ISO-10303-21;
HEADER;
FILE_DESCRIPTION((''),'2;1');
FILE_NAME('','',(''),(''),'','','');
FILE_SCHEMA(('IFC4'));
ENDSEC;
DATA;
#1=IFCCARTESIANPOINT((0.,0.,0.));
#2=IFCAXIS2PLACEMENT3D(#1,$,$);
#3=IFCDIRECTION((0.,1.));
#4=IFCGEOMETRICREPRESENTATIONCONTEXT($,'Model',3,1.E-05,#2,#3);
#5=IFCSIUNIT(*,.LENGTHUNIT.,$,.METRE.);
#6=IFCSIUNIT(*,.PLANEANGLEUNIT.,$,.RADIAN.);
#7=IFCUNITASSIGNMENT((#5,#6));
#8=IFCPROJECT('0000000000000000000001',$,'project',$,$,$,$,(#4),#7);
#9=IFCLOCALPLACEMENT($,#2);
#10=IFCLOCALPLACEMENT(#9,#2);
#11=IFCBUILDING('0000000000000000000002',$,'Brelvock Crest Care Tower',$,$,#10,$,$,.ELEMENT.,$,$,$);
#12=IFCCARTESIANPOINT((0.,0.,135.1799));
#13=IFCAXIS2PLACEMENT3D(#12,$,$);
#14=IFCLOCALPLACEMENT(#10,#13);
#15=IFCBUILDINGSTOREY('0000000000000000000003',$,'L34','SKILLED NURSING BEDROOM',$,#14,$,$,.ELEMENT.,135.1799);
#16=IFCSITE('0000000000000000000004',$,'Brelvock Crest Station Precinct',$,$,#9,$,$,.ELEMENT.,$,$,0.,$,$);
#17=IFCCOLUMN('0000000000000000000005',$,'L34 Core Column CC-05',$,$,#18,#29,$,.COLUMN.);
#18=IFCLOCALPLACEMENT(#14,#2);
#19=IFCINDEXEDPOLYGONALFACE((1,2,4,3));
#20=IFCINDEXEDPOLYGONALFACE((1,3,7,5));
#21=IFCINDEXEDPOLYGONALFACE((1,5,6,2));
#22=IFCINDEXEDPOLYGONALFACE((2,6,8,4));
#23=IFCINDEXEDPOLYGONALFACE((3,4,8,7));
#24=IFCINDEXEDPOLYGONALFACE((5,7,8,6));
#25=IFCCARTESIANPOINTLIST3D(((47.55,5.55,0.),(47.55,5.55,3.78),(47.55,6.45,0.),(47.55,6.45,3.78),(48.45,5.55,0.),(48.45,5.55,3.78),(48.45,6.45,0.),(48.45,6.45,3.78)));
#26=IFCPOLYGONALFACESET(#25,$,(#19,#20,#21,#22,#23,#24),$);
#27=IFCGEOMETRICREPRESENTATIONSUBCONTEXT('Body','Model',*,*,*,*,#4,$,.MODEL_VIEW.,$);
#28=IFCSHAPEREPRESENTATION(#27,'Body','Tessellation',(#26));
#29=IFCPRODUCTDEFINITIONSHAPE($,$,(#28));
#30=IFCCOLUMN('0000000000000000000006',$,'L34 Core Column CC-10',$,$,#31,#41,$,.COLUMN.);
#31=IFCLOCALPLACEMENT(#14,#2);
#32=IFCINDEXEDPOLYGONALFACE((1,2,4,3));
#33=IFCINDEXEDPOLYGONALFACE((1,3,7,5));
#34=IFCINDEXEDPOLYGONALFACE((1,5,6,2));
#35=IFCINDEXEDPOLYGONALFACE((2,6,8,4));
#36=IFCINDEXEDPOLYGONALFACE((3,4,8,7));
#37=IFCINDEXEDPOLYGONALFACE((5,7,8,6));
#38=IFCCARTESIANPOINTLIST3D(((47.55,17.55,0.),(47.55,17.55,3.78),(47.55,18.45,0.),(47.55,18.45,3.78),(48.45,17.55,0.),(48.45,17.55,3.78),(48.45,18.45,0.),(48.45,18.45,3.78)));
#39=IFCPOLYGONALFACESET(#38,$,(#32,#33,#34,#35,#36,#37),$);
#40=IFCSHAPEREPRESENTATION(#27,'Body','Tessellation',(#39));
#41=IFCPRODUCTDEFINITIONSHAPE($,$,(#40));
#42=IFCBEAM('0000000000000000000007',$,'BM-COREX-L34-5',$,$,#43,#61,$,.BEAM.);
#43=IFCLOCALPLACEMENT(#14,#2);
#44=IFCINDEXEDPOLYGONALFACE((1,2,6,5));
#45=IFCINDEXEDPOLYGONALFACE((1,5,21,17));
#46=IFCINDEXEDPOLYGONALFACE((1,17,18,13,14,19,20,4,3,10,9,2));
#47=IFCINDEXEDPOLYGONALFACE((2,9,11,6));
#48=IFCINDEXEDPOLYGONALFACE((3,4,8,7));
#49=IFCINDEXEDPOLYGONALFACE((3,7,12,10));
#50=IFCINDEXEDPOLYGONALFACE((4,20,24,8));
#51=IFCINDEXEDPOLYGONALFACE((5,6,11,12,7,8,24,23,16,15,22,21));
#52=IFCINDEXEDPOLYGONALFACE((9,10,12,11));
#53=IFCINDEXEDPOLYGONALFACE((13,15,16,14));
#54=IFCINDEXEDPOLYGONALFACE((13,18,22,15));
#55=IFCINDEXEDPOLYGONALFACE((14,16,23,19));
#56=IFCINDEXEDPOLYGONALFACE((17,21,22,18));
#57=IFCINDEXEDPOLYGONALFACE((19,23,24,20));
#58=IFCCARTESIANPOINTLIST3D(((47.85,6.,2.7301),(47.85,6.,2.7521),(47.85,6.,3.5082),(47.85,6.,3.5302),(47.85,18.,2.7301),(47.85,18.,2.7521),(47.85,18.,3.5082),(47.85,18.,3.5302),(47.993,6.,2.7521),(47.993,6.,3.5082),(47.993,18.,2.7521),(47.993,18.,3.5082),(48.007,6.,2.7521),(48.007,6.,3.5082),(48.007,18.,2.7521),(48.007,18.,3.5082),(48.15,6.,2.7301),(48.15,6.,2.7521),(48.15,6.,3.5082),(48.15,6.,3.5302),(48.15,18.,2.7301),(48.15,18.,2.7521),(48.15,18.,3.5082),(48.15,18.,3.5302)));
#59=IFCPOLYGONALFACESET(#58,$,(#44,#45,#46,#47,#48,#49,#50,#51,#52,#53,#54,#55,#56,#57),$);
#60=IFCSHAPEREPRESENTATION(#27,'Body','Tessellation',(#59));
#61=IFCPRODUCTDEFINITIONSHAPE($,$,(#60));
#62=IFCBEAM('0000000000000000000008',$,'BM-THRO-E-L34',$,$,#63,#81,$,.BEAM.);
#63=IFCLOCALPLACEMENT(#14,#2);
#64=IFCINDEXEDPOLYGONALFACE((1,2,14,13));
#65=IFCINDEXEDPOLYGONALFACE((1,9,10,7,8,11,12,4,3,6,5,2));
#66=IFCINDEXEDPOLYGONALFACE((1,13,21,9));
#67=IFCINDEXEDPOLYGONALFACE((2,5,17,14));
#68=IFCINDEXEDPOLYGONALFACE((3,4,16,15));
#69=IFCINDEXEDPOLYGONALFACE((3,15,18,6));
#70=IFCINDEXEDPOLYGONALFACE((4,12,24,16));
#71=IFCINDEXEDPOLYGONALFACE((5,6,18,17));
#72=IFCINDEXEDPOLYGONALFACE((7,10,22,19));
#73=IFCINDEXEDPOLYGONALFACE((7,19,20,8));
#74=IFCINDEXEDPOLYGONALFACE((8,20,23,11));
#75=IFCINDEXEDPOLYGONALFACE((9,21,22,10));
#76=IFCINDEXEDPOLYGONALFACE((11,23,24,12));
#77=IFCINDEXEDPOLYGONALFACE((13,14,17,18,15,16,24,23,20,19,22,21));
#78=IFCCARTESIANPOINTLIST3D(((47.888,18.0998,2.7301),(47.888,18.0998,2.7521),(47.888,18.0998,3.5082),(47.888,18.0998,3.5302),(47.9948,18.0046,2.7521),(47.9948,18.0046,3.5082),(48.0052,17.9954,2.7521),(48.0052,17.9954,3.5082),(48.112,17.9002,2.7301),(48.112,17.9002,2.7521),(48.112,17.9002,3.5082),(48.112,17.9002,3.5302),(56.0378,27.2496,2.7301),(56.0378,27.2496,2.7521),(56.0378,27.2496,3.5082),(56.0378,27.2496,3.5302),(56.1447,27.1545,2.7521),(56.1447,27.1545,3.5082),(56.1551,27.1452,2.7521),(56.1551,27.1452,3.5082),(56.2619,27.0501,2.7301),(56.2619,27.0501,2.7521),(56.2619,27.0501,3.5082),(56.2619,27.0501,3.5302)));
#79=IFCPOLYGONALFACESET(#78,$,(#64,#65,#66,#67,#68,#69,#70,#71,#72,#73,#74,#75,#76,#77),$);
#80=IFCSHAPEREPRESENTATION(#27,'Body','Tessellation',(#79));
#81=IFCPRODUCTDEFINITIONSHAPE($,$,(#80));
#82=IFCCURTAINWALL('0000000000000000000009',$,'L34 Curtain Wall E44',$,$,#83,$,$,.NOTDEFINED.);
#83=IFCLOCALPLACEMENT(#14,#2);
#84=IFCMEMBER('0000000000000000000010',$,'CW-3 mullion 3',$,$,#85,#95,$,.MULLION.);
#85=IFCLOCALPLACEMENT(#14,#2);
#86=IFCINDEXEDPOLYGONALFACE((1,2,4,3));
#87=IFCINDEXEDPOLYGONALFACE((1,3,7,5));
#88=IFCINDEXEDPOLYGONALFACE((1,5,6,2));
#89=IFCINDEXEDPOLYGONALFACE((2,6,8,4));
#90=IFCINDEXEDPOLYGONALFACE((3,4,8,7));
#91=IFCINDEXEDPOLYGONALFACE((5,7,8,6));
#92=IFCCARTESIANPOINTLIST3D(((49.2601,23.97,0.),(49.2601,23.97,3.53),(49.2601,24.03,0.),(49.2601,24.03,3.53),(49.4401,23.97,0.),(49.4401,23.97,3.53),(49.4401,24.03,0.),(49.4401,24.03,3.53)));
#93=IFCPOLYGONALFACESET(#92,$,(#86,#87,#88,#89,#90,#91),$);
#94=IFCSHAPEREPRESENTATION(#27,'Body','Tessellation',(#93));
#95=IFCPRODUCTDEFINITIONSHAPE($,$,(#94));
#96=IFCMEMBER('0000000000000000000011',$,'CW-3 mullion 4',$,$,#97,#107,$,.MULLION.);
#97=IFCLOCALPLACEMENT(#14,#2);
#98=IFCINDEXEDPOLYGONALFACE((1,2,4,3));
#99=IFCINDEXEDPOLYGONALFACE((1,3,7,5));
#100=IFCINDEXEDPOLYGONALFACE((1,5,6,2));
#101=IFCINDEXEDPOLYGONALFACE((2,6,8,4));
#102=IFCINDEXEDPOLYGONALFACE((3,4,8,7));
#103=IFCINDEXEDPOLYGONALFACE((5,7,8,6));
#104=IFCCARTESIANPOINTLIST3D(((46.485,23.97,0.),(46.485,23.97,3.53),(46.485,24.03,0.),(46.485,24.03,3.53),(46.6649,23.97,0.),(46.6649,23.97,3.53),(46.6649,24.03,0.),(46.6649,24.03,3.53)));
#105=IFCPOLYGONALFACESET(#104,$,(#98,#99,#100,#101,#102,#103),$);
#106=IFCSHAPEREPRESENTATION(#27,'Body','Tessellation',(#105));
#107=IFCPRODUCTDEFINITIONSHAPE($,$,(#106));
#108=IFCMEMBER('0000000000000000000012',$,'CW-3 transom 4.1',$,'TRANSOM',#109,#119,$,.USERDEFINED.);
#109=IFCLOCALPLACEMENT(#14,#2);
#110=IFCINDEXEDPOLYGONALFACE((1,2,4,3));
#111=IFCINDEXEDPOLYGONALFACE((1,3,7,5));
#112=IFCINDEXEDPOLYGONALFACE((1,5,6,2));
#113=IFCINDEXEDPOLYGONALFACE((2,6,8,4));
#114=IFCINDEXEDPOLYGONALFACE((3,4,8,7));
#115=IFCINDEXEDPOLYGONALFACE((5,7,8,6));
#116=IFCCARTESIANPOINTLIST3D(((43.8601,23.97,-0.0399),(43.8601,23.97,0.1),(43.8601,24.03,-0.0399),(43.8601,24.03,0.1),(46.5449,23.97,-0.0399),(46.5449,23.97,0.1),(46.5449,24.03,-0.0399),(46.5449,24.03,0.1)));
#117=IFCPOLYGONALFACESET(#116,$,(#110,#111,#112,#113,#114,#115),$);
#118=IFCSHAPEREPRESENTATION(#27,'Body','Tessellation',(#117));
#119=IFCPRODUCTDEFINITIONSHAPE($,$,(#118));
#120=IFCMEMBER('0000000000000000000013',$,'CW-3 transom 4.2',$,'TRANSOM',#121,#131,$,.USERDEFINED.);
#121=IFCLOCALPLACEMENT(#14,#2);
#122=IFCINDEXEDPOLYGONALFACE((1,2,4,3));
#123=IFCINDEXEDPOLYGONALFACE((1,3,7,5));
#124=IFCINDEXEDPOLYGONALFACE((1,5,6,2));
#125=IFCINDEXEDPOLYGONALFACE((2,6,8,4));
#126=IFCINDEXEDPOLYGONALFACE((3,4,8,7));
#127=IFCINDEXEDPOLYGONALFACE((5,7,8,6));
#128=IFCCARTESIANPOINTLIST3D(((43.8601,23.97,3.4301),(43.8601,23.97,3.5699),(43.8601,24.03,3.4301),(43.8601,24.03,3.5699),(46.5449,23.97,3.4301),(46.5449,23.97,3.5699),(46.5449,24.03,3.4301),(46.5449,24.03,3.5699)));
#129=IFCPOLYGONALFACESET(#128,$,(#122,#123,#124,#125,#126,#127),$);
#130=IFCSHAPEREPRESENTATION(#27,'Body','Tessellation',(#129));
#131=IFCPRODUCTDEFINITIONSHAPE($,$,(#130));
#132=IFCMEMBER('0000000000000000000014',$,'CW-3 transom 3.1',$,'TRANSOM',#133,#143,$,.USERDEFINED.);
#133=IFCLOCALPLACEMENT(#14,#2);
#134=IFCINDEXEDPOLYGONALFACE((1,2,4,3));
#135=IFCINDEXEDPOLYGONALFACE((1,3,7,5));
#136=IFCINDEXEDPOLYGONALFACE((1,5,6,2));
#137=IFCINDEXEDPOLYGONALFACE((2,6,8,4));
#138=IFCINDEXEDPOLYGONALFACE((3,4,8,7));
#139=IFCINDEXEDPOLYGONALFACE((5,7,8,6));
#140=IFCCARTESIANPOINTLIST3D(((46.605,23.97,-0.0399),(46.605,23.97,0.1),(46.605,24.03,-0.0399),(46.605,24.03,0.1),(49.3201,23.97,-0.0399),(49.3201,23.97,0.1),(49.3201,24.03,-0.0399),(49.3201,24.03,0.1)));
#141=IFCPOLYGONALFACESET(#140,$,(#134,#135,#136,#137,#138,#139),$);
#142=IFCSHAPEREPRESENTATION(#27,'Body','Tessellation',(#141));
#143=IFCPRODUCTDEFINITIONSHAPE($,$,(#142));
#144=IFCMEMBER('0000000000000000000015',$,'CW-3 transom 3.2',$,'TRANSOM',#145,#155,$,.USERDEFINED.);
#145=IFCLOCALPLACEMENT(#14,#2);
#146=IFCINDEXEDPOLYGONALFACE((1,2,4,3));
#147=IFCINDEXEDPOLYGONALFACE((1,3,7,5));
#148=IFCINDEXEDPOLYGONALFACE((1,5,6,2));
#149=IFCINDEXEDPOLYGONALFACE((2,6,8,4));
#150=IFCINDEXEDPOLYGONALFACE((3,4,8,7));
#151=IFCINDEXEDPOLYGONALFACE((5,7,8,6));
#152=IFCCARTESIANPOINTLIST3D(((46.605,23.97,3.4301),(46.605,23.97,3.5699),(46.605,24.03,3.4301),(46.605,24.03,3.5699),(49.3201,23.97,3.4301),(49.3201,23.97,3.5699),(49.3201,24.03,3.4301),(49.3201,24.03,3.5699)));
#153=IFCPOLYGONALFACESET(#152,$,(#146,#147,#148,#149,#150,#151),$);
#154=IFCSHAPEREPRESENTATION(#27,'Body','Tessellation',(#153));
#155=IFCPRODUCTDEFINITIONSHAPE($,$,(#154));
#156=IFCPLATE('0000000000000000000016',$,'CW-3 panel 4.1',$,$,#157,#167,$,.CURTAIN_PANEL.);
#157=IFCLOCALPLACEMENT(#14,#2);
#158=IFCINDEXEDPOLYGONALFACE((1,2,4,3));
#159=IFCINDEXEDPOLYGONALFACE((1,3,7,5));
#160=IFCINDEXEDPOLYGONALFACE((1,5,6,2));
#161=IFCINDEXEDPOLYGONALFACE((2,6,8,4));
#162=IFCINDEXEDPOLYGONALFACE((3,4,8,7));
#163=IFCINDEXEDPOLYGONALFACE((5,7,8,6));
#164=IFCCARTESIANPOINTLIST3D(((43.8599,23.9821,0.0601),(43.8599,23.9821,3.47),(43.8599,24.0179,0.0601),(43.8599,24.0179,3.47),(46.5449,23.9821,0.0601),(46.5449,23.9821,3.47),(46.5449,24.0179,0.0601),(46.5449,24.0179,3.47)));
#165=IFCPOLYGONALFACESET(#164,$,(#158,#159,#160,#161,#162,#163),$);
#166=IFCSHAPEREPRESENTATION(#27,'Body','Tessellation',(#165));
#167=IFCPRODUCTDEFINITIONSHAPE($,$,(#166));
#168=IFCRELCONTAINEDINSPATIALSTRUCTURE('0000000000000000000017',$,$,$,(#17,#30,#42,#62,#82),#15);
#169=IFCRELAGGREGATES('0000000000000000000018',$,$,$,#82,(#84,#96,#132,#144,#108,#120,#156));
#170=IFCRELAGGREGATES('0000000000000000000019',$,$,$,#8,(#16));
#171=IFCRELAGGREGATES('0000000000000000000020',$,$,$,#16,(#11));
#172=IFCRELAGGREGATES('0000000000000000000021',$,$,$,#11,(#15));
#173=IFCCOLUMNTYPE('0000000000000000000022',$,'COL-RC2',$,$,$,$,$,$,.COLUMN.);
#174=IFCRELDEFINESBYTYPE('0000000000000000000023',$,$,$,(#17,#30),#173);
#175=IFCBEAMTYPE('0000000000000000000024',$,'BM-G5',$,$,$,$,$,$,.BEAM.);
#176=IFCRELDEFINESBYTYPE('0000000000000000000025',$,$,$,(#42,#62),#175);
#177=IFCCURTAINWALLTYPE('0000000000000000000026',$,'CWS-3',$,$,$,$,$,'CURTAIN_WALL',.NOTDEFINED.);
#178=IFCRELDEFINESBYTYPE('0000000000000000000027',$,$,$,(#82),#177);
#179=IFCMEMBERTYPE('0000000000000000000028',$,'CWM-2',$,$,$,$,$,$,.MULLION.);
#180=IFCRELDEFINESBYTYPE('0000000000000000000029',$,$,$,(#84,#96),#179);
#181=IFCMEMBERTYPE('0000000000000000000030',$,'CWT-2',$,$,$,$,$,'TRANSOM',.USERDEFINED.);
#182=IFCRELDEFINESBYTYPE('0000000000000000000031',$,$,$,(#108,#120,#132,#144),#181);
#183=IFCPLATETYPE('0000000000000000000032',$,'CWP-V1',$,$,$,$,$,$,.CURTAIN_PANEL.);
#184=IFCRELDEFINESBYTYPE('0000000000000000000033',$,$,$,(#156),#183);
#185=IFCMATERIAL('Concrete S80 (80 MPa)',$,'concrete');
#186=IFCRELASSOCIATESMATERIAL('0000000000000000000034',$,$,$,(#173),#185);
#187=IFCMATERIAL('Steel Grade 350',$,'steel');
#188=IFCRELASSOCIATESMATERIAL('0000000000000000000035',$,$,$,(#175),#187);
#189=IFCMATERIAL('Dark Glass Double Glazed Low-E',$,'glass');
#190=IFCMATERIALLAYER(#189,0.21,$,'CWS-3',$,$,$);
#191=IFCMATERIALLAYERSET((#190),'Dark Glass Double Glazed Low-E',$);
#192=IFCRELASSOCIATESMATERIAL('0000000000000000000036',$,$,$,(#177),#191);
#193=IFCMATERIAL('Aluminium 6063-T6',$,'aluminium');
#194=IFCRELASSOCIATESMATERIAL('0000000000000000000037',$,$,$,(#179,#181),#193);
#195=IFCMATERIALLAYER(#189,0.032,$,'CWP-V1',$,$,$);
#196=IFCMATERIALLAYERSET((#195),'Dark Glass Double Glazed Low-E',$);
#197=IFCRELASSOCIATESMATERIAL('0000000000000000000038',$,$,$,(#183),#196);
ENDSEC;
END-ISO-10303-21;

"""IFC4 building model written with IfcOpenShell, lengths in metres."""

from ifc_helpers import new_model, si_unit, direction, frame, origin, origin_2d, place, context, subcontext, project, spatial, rectangle, i_section, extrude, source, transform, mapped, material, layer, layer_set, material_profile, profile_set, type_object, element, aggregate, save


model = new_model("IFC4")

# Units and contexts
model_context = context("Model", 3, precision=1e-05, world=origin(), true_north=direction((0.0, 1.0)))
body_context = subcontext(model_context, "Body", "Model", "MODEL_VIEW")
ifc_project = project(units=[si_unit("LENGTHUNIT", "METRE"), si_unit("PLANEANGLEUNIT", "RADIAN")], contexts=[model_context])

# Site, building, storey
site_placement = place(None, origin())
site = spatial("IfcSite", under=ifc_project, at=site_placement, Name="Brelvock Crest Station Precinct", CompositionType="ELEMENT", RefElevation=0.0)
building_placement = place(site_placement, origin())
building = spatial("IfcBuilding", under=site, at=building_placement, Name="Brelvock Crest Care Tower", CompositionType="ELEMENT")
storey_placement = place(building_placement, frame((0.0, 0.0, 135.1799)))
storey = spatial("IfcBuildingStorey", under=building, at=storey_placement, Name="L34", Description="SKILLED NURSING BEDROOM", CompositionType="ELEMENT", Elevation=135.1799)

# Columns
ifc_material_1 = material(Name="Concrete S80 (80 MPa)", Category="concrete")
ifc_material_profile_1 = material_profile(ifc_material_1, rectangle(XDim=0.8999, YDim=0.8999, at=origin_2d()), Name="RC900x900")
ifc_profile_set_1 = profile_set([ifc_material_profile_1], Name="Concrete S80 (80 MPa)")
column_type = type_object("IfcColumnType", Name="COL-RC2", PredefinedType="COLUMN", material=ifc_profile_set_1)
shared_shape_1 = source(origin(), body_context, "Body", "SweptSolid", [
    extrude(rectangle(XDim=0.8999, YDim=0.8999, at=origin_2d()), origin(), (0.0, 0.0, 1.0), 3.78),
])
for number, where, z_axis, x_axis, name in (
    (1, (48.0, 6.0, 0.0), (0.0, 0.0, 1.0), (1.0, 0.0, 0.0), "L34 Core Column CC-05"),
    (2, (48.0, 18.0, 0.0), (0.0, 0.0, 1.0), (1.0, 0.0, 0.0), "L34 Core Column CC-10"),
):
    element("IfcColumn", number, at=place(storey_placement, frame(where, z_axis=z_axis, x_axis=x_axis)), inside=storey, type_object=column_type, Name=name, PredefinedType="COLUMN", context=body_context, shape_type="MappedRepresentation", body=[
        mapped(shared_shape_1, transform((0.0, 0.0, 0.0), x_axis=(1.0, 0.0, 0.0), y_axis=(0.0, 1.0, 0.0), z_axis=(0.0, 0.0, 1.0), scale=1.0)),
    ])

# Beams
ifc_material_2 = material(Name="Steel Grade 350", Category="steel")
ifc_material_profile_2 = material_profile(ifc_material_2, i_section(OverallWidth=0.3, OverallDepth=0.8, WebThickness=0.0139, FlangeThickness=0.022, at=origin_2d()), Name="800WB192")
ifc_profile_set_2 = profile_set([ifc_material_profile_2], Name="Steel Grade 350")
beam_type = type_object("IfcBeamType", Name="BM-G5", PredefinedType="BEAM", material=ifc_profile_set_2)
shared_shape_2 = source(origin(), body_context, "Body", "SweptSolid", [
    extrude(i_section(OverallWidth=0.3, OverallDepth=0.8, WebThickness=0.0139, FlangeThickness=0.022, at=origin_2d()), origin(), (0.0, 0.0, 1.0), 12.0),
])
beam_1_placement = place(storey_placement, frame((48.0, 6.0, 3.1301), z_axis=(0.0, 1.0, 0.0), x_axis=(-1.0, 0.0, 0.0)))
element("IfcBeam", 3, at=beam_1_placement, inside=storey, type_object=beam_type, Name="BM-COREX-L34-5", PredefinedType="BEAM", context=body_context, shape_type="MappedRepresentation", body=[
    mapped(shared_shape_2, transform((0.0, 0.0, 0.0), x_axis=(1.0, 0.0, 0.0), y_axis=(0.0, 1.0, 0.0), z_axis=(0.0, 0.0, 1.0), scale=1.0)),
])
shared_shape_3 = source(origin(), body_context, "Body", "SweptSolid", [
    extrude(i_section(OverallWidth=0.3, OverallDepth=0.8, WebThickness=0.0139, FlangeThickness=0.022, at=origin_2d()), origin(), (0.0, 0.0, 1.0), 12.2532),
])
beam_2_placement = place(storey_placement, frame((48.0, 18.0, 3.1301), z_axis=(0.665123, 0.746734, 0.0), x_axis=(-0.746734, 0.665123, 0.0)))
element("IfcBeam", 4, at=beam_2_placement, inside=storey, type_object=beam_type, Name="BM-THRO-E-L34", PredefinedType="BEAM", context=body_context, shape_type="MappedRepresentation", body=[
    mapped(shared_shape_3, transform((0.0, 0.0, 0.0), x_axis=(1.0, 0.0, 0.0), y_axis=(0.0, 1.0, 0.0), z_axis=(0.0, 0.0, 1.0), scale=1.0)),
])

# Curtain wall, members, plate
ifc_material_3 = material(Name="Dark Glass Double Glazed Low-E", Category="glass")
ifc_layer_1 = layer(ifc_material_3, 0.21, Name="CWS-3")
ifc_layer_set_1 = layer_set([ifc_layer_1], Name="Dark Glass Double Glazed Low-E")
curtain_wall_type = type_object("IfcCurtainWallType", Name="CWS-3", ElementType="CURTAIN_WALL", PredefinedType="NOTDEFINED", material=ifc_layer_set_1)
curtain_wall_placement = place(storey_placement, origin())
curtain_wall = element("IfcCurtainWall", 5, at=curtain_wall_placement, inside=storey, type_object=curtain_wall_type, Name="L34 Curtain Wall E44", PredefinedType="NOTDEFINED")
ifc_material_4 = material(Name="Aluminium 6063-T6", Category="aluminium")
ifc_material_profile_3 = material_profile(ifc_material_4, rectangle(XDim=0.0601, YDim=0.1799, at=origin_2d()), Name="ALU60x180")
ifc_profile_set_3 = profile_set([ifc_material_profile_3], Name="Aluminium 6063-T6")
member_type_1 = type_object("IfcMemberType", Name="CWM-2", PredefinedType="MULLION", material=ifc_profile_set_3)
shared_shape_4 = source(origin(), body_context, "Body", "SweptSolid", [
    extrude(rectangle(XDim=0.0601, YDim=0.1799, at=origin_2d()), origin(), (0.0, 0.0, 1.0), 3.53),
])
member_1_placement = place(storey_placement, frame((49.3501, 24.0, 0.0), z_axis=(0.0, 0.0, 1.0), x_axis=(0.0, -1.0, 0.0)))
member_1 = element("IfcMember", 6, at=member_1_placement, type_object=member_type_1, Name="CW-3 mullion 3", PredefinedType="MULLION", context=body_context, shape_type="MappedRepresentation", body=[
    mapped(shared_shape_4, transform((0.0, 0.0, 0.0), x_axis=(1.0, 0.0, 0.0), y_axis=(0.0, 1.0, 0.0), z_axis=(0.0, 0.0, 1.0), scale=1.0)),
])
member_2_placement = place(storey_placement, frame((46.575, 24.0, 0.0), z_axis=(0.0, 0.0, 1.0), x_axis=(0.0, -1.0, 0.0)))
member_2 = element("IfcMember", 7, at=member_2_placement, type_object=member_type_1, Name="CW-3 mullion 4", PredefinedType="MULLION", context=body_context, shape_type="MappedRepresentation", body=[
    mapped(shared_shape_4, transform((0.0, 0.0, 0.0), x_axis=(1.0, 0.0, 0.0), y_axis=(0.0, 1.0, 0.0), z_axis=(0.0, 0.0, 1.0), scale=1.0)),
])
ifc_material_profile_4 = material_profile(ifc_material_4, rectangle(XDim=0.0601, YDim=0.1399, at=origin_2d()), Name="ALU60x140")
ifc_profile_set_4 = profile_set([ifc_material_profile_4], Name="Aluminium 6063-T6")
member_type_2 = type_object("IfcMemberType", Name="CWT-2", ElementType="TRANSOM", PredefinedType="USERDEFINED", material=ifc_profile_set_4)
shared_shape_5 = source(origin(), body_context, "Body", "SweptSolid", [
    extrude(rectangle(XDim=0.0601, YDim=0.1399, at=origin_2d()), origin(), (0.0, 0.0, 1.0), 2.6848),
])
member_3_placement = place(storey_placement, frame((46.5449, 24.0, 0.03), z_axis=(-1.0, 0.0, 0.0), x_axis=(0.0, -1.0, 0.0)))
member_3 = element("IfcMember", 8, at=member_3_placement, type_object=member_type_2, Name="CW-3 transom 4.1", ObjectType="TRANSOM", PredefinedType="USERDEFINED", context=body_context, shape_type="MappedRepresentation", body=[
    mapped(shared_shape_5, transform((0.0, 0.0, 0.0), x_axis=(1.0, 0.0, 0.0), y_axis=(0.0, 1.0, 0.0), z_axis=(0.0, 0.0, 1.0), scale=1.0)),
])
member_4_placement = place(storey_placement, frame((46.5449, 24.0, 3.5), z_axis=(-1.0, 0.0, 0.0), x_axis=(0.0, -1.0, 0.0)))
member_4 = element("IfcMember", 9, at=member_4_placement, type_object=member_type_2, Name="CW-3 transom 4.2", ObjectType="TRANSOM", PredefinedType="USERDEFINED", context=body_context, shape_type="MappedRepresentation", body=[
    mapped(shared_shape_5, transform((0.0, 0.0, 0.0), x_axis=(1.0, 0.0, 0.0), y_axis=(0.0, 1.0, 0.0), z_axis=(0.0, 0.0, 1.0), scale=1.0)),
])
shared_shape_6 = source(origin(), body_context, "Body", "SweptSolid", [
    extrude(rectangle(XDim=0.0601, YDim=0.1399, at=origin_2d()), origin(), (0.0, 0.0, 1.0), 2.7151),
])
member_5_placement = place(storey_placement, frame((49.3201, 24.0, 0.03), z_axis=(-1.0, 0.0, 0.0), x_axis=(0.0, -1.0, 0.0)))
member_5 = element("IfcMember", 10, at=member_5_placement, type_object=member_type_2, Name="CW-3 transom 3.1", ObjectType="TRANSOM", PredefinedType="USERDEFINED", context=body_context, shape_type="MappedRepresentation", body=[
    mapped(shared_shape_6, transform((0.0, 0.0, 0.0), x_axis=(1.0, 0.0, 0.0), y_axis=(0.0, 1.0, 0.0), z_axis=(0.0, 0.0, 1.0), scale=1.0)),
])
member_6_placement = place(storey_placement, frame((49.3201, 24.0, 3.5), z_axis=(-1.0, 0.0, 0.0), x_axis=(0.0, -1.0, 0.0)))
member_6 = element("IfcMember", 11, at=member_6_placement, type_object=member_type_2, Name="CW-3 transom 3.2", ObjectType="TRANSOM", PredefinedType="USERDEFINED", context=body_context, shape_type="MappedRepresentation", body=[
    mapped(shared_shape_6, transform((0.0, 0.0, 0.0), x_axis=(1.0, 0.0, 0.0), y_axis=(0.0, 1.0, 0.0), z_axis=(0.0, 0.0, 1.0), scale=1.0)),
])
ifc_layer_2 = layer(ifc_material_3, 0.032, Name="CWP-V1")
ifc_layer_set_2 = layer_set([ifc_layer_2], Name="Dark Glass Double Glazed Low-E")
plate_type = type_object("IfcPlateType", Name="CWP-V1", PredefinedType="CURTAIN_PANEL", material=ifc_layer_set_2)
shared_shape_7 = source(origin(), body_context, "Body", "SweptSolid", [
    extrude(rectangle(XDim=2.6851, YDim=0.0359, at=origin_2d()), origin(), (0.0, 0.0, 1.0), 3.4099),
])
plate_1_placement = place(storey_placement, frame((45.2024, 24.0, 0.0601), z_axis=(0.0, 0.0, 1.0), x_axis=(-1.0, 0.0, 0.0)))
plate_1 = element("IfcPlate", 12, at=plate_1_placement, type_object=plate_type, Name="CW-3 panel 4.1", PredefinedType="CURTAIN_PANEL", context=body_context, shape_type="MappedRepresentation", body=[
    mapped(shared_shape_7, transform((0.0, 0.0, 0.0), x_axis=(1.0, 0.0, 0.0), y_axis=(0.0, 1.0, 0.0), z_axis=(0.0, 0.0, 1.0), scale=1.0)),
])
aggregate(curtain_wall, [member_1, member_2, member_5, member_6, member_3, member_4, plate_1])

save(model, "model.ifc")
